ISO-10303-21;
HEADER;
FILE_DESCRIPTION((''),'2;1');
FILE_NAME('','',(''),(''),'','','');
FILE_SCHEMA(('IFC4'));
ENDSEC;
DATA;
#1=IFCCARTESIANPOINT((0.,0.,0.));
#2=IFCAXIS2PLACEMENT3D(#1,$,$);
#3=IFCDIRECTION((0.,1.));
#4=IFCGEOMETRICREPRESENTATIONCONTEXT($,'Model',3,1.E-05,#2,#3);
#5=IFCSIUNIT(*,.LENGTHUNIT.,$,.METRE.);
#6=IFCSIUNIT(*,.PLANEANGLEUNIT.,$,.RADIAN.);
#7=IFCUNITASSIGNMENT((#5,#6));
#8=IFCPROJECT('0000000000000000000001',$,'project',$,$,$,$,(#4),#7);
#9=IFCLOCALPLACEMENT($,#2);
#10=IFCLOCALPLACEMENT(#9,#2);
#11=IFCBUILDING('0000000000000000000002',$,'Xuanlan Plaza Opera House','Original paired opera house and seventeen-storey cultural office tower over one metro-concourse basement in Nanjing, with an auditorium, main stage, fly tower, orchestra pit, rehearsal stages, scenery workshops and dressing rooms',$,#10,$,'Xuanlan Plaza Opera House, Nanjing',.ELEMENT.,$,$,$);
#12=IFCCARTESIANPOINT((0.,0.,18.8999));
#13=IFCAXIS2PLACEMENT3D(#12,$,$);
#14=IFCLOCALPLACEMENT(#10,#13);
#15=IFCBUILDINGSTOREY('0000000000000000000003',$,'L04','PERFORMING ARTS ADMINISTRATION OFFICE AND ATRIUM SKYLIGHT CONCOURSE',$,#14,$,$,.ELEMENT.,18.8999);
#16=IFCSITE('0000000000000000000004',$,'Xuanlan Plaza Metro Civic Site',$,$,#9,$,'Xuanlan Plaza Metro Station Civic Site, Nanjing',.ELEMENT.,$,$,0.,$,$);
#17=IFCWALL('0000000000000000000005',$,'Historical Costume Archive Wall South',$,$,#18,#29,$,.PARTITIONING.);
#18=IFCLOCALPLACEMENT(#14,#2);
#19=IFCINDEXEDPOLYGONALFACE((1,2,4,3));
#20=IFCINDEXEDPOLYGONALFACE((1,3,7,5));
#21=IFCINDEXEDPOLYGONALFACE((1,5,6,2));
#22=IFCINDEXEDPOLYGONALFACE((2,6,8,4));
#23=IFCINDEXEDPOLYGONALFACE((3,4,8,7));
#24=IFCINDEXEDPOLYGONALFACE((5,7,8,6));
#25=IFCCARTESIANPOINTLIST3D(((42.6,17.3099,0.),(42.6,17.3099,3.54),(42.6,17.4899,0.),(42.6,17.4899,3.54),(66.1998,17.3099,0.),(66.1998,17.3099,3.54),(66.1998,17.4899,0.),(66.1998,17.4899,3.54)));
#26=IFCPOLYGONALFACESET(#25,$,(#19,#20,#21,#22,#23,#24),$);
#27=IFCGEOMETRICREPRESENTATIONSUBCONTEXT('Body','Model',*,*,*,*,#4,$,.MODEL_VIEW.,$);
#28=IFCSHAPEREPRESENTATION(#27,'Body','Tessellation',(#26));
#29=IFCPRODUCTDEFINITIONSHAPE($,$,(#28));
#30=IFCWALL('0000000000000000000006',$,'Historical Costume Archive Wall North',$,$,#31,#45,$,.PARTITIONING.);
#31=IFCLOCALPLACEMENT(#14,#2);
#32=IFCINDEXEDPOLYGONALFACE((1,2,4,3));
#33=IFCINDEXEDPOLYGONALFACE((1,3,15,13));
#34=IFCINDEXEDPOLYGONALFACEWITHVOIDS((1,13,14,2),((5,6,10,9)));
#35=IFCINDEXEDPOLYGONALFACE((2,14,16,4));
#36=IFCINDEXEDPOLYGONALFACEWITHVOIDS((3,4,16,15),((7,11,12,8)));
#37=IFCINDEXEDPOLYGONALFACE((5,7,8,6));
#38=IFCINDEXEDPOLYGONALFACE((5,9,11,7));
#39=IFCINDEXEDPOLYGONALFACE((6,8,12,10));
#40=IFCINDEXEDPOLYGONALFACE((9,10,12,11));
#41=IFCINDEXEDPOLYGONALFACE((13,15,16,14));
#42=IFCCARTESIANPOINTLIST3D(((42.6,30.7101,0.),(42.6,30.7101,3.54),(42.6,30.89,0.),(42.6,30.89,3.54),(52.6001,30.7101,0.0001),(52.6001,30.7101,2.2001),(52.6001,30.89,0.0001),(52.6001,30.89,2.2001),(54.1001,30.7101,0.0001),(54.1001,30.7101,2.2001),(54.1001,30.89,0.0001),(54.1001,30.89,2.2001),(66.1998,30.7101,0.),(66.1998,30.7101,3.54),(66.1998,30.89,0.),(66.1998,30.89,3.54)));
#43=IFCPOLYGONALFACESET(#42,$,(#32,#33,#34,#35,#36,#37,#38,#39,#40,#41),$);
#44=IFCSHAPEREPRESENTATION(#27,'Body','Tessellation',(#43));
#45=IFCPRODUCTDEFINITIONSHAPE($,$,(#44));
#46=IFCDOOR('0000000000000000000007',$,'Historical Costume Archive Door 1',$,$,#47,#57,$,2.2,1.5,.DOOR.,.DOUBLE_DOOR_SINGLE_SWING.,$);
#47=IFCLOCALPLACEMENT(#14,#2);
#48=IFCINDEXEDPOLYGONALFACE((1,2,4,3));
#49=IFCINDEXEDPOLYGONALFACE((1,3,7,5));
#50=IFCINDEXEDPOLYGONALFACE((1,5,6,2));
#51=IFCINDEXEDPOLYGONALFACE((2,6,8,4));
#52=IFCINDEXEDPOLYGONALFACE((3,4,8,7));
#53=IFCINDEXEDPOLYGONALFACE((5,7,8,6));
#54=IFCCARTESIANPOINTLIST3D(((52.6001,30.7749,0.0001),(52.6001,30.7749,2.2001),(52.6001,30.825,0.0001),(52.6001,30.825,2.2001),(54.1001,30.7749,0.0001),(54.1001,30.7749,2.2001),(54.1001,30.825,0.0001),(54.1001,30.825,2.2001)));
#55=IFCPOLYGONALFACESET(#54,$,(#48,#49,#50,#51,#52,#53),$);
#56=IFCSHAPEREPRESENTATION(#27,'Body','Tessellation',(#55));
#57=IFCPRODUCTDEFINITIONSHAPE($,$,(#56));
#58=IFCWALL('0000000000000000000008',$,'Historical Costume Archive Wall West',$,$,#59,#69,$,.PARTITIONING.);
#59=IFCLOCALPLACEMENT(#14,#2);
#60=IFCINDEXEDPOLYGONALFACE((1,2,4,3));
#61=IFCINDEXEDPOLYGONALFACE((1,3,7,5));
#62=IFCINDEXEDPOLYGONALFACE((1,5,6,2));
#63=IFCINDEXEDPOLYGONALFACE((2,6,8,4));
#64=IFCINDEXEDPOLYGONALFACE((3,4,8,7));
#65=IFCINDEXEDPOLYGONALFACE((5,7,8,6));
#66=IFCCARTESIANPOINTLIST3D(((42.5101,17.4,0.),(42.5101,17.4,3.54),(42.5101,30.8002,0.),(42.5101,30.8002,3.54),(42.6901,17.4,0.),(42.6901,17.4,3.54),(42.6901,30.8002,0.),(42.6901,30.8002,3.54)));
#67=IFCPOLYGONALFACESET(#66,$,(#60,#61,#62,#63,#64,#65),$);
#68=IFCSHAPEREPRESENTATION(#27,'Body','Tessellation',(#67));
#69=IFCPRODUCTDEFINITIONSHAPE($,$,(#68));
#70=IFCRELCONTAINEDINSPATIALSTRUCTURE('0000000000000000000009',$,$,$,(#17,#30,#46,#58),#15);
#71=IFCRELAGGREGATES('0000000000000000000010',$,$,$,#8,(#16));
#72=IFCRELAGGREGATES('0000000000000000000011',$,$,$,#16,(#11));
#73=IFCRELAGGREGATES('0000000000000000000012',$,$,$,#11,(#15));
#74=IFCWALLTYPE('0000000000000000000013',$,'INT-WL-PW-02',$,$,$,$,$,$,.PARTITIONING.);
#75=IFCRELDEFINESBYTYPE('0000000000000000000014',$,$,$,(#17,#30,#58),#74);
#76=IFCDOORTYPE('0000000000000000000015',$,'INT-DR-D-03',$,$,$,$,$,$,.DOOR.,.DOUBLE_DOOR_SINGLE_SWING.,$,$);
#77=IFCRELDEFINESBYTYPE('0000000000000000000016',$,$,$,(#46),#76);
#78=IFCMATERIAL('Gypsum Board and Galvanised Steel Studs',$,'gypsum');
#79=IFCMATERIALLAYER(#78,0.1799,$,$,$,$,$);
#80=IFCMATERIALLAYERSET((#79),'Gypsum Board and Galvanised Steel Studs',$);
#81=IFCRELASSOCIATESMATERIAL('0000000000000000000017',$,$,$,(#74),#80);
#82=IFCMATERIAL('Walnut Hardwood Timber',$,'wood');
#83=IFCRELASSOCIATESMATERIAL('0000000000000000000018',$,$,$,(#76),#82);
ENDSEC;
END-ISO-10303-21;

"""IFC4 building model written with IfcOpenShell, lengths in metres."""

from ifc_helpers import new_model, si_unit, direction, frame, frame_2d, origin, place, context, subcontext, project, spatial, rectangle, extrude, material, layer, layer_set, type_object, element, fill, save


model = new_model("IFC4")

# Units and contexts
model_context = context("Model", 3, precision=1e-05, world=origin(), true_north=direction((0.0, 1.0)))
body_context = subcontext(model_context, "Body", "Model", "MODEL_VIEW")
ifc_project = project(units=[si_unit("LENGTHUNIT", "METRE"), si_unit("PLANEANGLEUNIT", "RADIAN")], contexts=[model_context])

# Site, building, storey
site_placement = place(None, origin())
site = spatial("IfcSite", under=ifc_project, at=site_placement, Name="Xuanlan Plaza Metro Civic Site", LongName="Xuanlan Plaza Metro Station Civic Site, Nanjing", CompositionType="ELEMENT", RefElevation=0.0)
building_placement = place(site_placement, origin())
building = spatial("IfcBuilding", under=site, at=building_placement, Name="Xuanlan Plaza Opera House", Description="Original paired opera house and seventeen-storey cultural office tower over one metro-concourse basement in Nanjing, with an auditorium, main stage, fly tower, orchestra pit, rehearsal stages, scenery workshops and dressing rooms", LongName="Xuanlan Plaza Opera House, Nanjing", CompositionType="ELEMENT")
storey_placement = place(building_placement, frame((0.0, 0.0, 18.8999)))
storey = spatial("IfcBuildingStorey", under=building, at=storey_placement, Name="L04", Description="PERFORMING ARTS ADMINISTRATION OFFICE AND ATRIUM SKYLIGHT CONCOURSE", CompositionType="ELEMENT", Elevation=18.8999)

# Shared definitions
ifc_material_1 = material(Name="Gypsum Board and Galvanised Steel Studs", Category="gypsum")
ifc_layer_1 = layer(ifc_material_1, 0.1799)
ifc_layer_set_1 = layer_set([ifc_layer_1], Name="Gypsum Board and Galvanised Steel Studs")
wall_type = type_object("IfcWallType", Name="INT-WL-PW-02", PredefinedType="PARTITIONING", material=ifc_layer_set_1)

# Wall
wall_1_placement = place(storey_placement, frame((42.6001, 17.3999, 0.0), z_axis=(0.0, 0.0, 1.0), x_axis=(1.0, 0.0, 0.0)))
element("IfcWall", 1, at=wall_1_placement, inside=storey, type_object=wall_type, Name="Historical Costume Archive Wall South", PredefinedType="PARTITIONING", context=body_context, shape_type="SweptSolid", body=[
    extrude(rectangle(XDim=23.5999, YDim=0.1799, at=frame_2d((11.7998, 0.0))), origin(), (0.0, 0.0, 1.0), 3.54),
])

# Wall, opening, door
wall_2_placement = place(storey_placement, frame((42.6001, 30.8, 0.0), z_axis=(0.0, 0.0, 1.0), x_axis=(1.0, 0.0, 0.0)))
wall_2 = element("IfcWall", 2, at=wall_2_placement, inside=storey, type_object=wall_type, Name="Historical Costume Archive Wall North", PredefinedType="PARTITIONING", context=body_context, shape_type="SweptSolid", body=[
    extrude(rectangle(XDim=23.5999, YDim=0.1799, at=frame_2d((11.7998, 0.0))), origin(), (0.0, 0.0, 1.0), 3.54),
])
opening_1_placement = place(wall_2_placement, frame((10.0, 0.0, 0.0)))
opening_1 = element("IfcOpeningElement", 3, at=opening_1_placement, cuts=wall_2, PredefinedType="OPENING", context=body_context, shape_type="SweptSolid", body=[
    extrude(rectangle(XDim=1.5, YDim=2.2, at=frame_2d((0.75, 1.1001))), frame((0.0, 0.0999, 0.0), z_axis=(0.0, -1.0, 0.0), x_axis=(1.0, 0.0, 0.0)), (0.0, 0.0, 1.0), 0.2),
])
ifc_material_2 = material(Name="Walnut Hardwood Timber", Category="wood")
door_type_1 = type_object("IfcDoorType", Name="INT-DR-D-03", OperationType="DOUBLE_DOOR_SINGLE_SWING", PredefinedType="DOOR", material=ifc_material_2)
door_1_placement = place(opening_1_placement, origin())
door_1 = element("IfcDoor", 4, at=door_1_placement, inside=storey, type_object=door_type_1, Name="Historical Costume Archive Door 1", OperationType="DOUBLE_DOOR_SINGLE_SWING", OverallHeight=2.2, OverallWidth=1.5, PredefinedType="DOOR", context=body_context, shape_type="SweptSolid", body=[
    extrude(rectangle(XDim=1.5, YDim=2.2, at=frame_2d((0.75, 1.1001))), frame((0.0, 0.0249, 0.0), z_axis=(0.0, -1.0, 0.0), x_axis=(1.0, 0.0, 0.0)), (0.0, 0.0, 1.0), 0.05),
])
fill(opening_1, door_1)

# Wall
wall_3_placement = place(storey_placement, frame((42.6001, 17.3999, 0.0), z_axis=(0.0, 0.0, 1.0), x_axis=(0.0, 1.0, 0.0)))
element("IfcWall", 5, at=wall_3_placement, inside=storey, type_object=wall_type, Name="Historical Costume Archive Wall West", PredefinedType="PARTITIONING", context=body_context, shape_type="SweptSolid", body=[
    extrude(rectangle(XDim=13.4001, YDim=0.1799, at=frame_2d((6.7002, 0.0))), origin(), (0.0, 0.0, 1.0), 3.54),
])

save(model, "model.ifc")
